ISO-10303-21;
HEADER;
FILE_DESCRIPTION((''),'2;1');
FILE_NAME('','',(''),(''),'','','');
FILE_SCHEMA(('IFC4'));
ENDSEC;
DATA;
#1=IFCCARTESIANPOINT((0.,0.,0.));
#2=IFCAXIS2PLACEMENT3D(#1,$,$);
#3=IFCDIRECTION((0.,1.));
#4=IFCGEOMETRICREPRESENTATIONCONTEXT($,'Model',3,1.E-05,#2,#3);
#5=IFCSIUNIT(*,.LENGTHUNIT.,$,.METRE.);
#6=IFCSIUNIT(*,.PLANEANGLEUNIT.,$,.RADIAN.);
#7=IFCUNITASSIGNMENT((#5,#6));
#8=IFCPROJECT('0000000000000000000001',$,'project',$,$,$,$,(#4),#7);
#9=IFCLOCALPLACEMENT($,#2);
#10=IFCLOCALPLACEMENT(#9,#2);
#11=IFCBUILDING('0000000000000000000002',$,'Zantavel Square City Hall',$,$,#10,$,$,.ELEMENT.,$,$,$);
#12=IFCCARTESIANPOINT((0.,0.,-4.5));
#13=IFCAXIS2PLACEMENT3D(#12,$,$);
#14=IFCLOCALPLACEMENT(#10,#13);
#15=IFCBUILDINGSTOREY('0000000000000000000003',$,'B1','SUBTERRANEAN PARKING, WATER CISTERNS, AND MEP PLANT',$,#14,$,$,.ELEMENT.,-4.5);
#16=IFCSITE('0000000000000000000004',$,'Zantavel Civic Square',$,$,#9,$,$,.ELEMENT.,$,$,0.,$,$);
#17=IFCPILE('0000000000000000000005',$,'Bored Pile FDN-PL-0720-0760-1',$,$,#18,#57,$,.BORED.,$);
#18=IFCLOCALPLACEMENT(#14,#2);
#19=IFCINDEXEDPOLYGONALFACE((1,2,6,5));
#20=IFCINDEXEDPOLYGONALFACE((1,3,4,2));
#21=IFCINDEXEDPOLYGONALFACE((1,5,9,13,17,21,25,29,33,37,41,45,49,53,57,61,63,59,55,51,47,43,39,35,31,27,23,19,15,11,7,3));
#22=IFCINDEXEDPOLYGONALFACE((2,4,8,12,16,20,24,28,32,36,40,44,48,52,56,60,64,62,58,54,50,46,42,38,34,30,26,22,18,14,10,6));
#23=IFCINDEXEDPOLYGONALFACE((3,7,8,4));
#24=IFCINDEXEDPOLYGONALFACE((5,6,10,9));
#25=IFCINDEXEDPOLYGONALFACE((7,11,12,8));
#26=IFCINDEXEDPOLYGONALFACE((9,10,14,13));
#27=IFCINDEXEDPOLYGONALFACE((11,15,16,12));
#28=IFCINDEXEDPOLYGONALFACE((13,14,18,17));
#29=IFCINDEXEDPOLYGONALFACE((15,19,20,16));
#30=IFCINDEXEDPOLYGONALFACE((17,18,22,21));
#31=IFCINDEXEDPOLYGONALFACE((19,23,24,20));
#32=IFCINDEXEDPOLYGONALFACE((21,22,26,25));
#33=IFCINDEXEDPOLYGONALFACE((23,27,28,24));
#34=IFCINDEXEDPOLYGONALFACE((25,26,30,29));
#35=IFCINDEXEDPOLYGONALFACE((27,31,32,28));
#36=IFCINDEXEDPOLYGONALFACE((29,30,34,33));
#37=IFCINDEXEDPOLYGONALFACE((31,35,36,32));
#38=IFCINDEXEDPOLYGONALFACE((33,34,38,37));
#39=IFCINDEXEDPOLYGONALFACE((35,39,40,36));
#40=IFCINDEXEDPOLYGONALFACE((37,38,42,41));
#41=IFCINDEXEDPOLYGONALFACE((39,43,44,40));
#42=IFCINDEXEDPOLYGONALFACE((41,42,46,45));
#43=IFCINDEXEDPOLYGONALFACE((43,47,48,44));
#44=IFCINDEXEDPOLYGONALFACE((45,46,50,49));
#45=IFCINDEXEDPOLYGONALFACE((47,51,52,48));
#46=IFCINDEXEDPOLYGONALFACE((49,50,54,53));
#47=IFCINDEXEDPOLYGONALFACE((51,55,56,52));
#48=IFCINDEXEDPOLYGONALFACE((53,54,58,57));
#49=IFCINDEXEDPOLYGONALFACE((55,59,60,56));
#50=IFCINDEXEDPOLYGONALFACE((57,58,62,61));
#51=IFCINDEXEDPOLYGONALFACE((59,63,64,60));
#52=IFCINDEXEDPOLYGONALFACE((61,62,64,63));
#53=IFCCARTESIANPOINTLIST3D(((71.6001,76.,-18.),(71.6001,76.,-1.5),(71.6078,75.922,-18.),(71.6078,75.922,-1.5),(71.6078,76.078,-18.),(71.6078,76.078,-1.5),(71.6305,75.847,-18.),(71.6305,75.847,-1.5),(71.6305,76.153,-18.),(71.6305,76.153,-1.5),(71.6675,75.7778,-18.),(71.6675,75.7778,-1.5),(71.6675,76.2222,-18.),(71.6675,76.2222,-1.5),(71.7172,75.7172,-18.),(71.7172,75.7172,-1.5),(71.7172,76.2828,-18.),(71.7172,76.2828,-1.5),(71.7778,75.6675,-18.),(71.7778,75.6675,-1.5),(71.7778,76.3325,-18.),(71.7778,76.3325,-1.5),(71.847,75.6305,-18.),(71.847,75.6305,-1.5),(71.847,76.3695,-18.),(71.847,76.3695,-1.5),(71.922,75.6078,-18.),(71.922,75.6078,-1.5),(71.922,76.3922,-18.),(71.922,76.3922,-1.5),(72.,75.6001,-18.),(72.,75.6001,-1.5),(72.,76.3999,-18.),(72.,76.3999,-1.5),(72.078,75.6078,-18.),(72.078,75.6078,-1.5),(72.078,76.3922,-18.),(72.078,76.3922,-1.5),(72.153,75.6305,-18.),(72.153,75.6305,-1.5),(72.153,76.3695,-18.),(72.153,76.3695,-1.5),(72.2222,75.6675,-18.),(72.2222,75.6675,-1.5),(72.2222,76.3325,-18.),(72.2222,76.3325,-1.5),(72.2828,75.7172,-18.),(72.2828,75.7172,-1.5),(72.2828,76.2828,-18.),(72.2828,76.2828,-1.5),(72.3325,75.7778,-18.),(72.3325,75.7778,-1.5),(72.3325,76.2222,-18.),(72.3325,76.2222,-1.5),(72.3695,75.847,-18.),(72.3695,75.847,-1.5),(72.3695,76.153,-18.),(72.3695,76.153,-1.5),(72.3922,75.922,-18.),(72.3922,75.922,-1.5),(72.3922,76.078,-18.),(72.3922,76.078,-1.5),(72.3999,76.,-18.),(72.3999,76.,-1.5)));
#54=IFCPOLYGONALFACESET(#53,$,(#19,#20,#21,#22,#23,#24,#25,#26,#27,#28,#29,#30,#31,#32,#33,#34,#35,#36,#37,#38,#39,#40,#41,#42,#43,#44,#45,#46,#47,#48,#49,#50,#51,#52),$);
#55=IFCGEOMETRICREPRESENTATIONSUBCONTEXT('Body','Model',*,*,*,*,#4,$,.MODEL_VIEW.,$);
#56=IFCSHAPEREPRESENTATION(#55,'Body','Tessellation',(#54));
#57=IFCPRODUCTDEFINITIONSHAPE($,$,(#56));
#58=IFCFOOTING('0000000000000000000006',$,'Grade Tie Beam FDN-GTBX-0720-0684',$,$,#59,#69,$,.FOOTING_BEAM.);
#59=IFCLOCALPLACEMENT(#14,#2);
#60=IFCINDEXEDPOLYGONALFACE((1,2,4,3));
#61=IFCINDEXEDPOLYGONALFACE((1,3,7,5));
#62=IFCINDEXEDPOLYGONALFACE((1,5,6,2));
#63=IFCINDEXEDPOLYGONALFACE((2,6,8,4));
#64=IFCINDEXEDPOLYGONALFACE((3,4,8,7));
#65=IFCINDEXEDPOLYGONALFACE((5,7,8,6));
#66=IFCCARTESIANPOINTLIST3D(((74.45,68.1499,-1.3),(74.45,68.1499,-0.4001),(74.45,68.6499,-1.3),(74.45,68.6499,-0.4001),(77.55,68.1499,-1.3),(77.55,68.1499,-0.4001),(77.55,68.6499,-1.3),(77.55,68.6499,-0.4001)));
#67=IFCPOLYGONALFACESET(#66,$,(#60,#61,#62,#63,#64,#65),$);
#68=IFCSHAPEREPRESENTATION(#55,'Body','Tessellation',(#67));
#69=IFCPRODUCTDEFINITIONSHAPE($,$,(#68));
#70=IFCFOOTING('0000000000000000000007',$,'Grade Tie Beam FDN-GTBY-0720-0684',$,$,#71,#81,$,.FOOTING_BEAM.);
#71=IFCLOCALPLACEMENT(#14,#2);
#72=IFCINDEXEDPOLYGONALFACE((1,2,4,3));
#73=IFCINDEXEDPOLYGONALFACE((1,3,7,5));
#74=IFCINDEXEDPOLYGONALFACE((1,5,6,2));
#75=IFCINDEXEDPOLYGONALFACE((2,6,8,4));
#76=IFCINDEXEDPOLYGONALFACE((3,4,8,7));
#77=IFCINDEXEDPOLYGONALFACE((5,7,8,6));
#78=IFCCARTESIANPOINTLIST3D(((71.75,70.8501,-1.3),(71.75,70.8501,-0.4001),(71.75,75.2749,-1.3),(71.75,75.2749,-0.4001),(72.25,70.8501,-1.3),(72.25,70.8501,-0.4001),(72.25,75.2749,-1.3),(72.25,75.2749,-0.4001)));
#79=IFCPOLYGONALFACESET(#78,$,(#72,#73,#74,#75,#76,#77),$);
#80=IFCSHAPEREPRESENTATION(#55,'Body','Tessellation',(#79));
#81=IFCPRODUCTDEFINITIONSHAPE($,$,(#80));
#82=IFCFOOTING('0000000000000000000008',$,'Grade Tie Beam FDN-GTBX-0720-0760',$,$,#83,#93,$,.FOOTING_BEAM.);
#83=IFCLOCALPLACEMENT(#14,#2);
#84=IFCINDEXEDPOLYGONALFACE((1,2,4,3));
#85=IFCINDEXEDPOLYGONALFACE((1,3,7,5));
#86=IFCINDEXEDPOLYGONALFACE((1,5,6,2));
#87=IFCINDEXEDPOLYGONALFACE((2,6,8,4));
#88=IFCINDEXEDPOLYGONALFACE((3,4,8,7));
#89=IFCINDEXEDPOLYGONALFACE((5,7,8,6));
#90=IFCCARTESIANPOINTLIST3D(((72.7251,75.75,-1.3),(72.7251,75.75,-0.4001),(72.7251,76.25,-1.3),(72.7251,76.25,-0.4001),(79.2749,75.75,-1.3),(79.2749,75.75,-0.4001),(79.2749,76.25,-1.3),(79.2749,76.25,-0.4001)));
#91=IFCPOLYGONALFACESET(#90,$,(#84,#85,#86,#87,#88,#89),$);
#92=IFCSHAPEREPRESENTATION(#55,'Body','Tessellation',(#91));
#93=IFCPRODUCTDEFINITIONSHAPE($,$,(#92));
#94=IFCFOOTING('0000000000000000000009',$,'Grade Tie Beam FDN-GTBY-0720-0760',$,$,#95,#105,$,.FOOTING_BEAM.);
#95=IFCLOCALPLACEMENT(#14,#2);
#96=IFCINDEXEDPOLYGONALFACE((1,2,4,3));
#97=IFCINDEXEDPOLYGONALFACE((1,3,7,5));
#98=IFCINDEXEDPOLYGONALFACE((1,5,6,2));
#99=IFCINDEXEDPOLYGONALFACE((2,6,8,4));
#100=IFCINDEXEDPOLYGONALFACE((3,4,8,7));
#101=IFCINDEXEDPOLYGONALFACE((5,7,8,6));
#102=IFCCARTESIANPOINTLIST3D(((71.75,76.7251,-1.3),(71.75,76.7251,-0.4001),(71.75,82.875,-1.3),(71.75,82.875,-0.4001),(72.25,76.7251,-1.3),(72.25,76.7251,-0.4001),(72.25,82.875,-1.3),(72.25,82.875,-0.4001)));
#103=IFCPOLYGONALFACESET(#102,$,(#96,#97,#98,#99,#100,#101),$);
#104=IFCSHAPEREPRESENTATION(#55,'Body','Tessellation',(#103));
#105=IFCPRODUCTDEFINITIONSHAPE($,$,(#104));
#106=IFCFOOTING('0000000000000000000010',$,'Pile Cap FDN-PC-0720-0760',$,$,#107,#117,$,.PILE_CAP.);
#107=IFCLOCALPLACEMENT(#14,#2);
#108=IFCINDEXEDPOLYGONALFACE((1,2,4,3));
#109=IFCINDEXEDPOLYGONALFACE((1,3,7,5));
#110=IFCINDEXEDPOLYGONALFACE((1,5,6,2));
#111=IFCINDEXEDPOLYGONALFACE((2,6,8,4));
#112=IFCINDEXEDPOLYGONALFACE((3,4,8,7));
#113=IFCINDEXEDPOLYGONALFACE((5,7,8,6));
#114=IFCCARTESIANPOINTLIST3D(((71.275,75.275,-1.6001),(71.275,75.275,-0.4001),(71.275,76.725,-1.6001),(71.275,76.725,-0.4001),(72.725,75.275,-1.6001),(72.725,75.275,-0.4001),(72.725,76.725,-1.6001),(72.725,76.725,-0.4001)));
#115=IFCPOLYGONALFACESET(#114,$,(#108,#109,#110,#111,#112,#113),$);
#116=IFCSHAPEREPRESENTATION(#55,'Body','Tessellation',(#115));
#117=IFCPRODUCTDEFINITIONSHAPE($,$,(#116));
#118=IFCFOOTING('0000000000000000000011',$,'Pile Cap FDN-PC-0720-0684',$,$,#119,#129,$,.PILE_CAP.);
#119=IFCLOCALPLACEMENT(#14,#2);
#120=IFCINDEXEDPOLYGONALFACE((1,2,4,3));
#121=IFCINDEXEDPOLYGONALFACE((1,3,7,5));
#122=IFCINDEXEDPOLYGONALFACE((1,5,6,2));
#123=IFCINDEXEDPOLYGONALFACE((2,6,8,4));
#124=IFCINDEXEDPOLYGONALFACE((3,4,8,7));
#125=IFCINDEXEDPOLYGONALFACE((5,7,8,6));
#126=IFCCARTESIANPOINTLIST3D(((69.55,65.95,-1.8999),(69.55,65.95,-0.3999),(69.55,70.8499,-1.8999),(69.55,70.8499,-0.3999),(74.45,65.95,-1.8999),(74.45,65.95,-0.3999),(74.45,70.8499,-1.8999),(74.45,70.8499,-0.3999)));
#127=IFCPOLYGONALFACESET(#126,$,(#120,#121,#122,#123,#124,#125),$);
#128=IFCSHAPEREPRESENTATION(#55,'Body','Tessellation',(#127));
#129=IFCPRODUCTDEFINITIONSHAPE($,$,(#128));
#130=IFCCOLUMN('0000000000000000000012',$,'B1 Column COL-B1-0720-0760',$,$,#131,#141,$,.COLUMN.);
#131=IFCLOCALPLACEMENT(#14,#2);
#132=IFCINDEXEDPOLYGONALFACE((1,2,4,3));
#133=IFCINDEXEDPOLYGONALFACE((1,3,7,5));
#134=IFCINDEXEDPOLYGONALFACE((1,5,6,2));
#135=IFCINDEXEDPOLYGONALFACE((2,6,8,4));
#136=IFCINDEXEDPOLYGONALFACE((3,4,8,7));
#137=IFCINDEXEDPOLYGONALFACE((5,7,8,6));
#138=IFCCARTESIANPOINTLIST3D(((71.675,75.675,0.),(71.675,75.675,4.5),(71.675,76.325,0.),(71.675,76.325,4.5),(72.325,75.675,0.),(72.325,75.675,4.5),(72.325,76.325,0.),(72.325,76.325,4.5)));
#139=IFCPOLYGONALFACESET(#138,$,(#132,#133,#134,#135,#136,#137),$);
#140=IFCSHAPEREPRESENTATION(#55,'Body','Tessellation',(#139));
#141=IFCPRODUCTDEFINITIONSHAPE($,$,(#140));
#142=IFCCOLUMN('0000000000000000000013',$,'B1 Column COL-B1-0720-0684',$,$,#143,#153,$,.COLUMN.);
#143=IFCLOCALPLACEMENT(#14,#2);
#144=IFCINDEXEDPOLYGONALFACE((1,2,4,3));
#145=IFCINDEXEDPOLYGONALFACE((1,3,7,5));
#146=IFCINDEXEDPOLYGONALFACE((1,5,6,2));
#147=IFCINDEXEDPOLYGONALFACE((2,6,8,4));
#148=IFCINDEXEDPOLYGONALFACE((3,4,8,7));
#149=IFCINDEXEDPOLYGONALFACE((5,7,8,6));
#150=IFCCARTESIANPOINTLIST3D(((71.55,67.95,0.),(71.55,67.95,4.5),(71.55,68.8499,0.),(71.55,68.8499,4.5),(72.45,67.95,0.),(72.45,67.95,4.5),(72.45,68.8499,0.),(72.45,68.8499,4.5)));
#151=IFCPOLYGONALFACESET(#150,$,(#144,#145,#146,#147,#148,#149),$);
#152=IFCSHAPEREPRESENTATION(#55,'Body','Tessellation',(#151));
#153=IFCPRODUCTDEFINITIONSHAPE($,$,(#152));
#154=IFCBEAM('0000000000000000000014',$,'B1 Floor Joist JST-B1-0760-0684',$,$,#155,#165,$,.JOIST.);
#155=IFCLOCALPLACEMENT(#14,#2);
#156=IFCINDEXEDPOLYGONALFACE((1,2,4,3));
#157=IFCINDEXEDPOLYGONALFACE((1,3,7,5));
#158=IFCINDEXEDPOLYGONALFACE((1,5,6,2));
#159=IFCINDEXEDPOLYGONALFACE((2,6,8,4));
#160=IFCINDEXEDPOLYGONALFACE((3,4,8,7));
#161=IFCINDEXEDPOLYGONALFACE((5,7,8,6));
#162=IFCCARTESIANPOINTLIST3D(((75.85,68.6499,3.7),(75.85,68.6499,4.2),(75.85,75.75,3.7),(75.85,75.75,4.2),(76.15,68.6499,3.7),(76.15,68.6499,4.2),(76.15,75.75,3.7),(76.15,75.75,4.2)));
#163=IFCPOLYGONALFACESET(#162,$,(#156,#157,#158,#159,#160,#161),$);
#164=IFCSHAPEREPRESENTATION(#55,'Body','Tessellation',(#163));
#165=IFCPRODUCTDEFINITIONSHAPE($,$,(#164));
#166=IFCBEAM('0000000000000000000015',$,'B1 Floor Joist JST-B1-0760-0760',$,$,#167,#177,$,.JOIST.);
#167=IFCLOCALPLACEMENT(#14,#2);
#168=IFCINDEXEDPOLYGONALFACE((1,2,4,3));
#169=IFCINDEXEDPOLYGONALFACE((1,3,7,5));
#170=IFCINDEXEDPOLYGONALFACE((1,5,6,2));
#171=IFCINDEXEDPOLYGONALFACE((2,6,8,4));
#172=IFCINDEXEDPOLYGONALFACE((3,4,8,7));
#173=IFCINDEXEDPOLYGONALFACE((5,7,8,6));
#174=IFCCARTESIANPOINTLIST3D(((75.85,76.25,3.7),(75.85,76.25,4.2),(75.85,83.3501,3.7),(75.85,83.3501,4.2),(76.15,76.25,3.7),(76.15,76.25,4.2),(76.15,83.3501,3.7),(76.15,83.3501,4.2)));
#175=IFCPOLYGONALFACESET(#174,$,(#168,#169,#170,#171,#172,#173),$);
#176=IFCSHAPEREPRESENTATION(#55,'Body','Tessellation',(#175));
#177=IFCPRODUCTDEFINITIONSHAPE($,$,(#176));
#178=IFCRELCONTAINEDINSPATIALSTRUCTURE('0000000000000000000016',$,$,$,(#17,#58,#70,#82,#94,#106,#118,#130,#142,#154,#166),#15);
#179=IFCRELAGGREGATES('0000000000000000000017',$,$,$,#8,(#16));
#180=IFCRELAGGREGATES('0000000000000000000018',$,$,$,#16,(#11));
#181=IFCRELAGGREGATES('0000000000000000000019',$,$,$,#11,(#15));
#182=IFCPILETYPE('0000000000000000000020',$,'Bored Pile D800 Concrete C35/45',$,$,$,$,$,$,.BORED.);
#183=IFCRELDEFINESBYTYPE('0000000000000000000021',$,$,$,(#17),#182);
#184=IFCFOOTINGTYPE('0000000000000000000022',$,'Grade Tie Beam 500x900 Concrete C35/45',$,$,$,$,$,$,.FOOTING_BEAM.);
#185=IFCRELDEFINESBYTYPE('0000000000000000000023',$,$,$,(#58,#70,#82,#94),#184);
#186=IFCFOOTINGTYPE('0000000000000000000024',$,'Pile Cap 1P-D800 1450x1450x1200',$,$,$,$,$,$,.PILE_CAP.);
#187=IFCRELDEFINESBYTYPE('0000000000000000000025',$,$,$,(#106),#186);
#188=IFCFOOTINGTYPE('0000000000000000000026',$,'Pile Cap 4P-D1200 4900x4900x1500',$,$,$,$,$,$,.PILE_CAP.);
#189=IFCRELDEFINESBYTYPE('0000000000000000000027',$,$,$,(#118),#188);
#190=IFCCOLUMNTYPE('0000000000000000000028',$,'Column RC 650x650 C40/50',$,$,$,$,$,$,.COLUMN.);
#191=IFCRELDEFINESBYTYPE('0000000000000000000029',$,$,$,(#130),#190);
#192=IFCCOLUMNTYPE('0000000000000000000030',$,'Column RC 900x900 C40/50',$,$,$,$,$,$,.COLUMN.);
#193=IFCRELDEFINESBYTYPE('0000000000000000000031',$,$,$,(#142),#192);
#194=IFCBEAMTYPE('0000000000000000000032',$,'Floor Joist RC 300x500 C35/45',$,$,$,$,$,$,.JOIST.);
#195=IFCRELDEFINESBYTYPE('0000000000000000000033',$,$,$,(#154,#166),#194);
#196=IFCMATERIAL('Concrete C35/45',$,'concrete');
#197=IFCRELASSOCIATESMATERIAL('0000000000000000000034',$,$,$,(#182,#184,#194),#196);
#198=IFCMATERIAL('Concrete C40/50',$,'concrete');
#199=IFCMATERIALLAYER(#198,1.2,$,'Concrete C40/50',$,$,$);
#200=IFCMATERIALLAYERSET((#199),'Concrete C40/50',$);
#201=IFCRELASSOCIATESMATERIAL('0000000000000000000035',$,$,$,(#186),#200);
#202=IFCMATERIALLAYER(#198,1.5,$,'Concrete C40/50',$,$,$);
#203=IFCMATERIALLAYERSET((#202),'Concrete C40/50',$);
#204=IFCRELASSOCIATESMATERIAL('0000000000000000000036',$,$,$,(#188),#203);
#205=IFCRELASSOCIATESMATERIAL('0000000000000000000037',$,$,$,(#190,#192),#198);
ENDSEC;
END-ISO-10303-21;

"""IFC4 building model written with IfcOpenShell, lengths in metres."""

from ifc_helpers import new_model, si_unit, direction, frame, origin, origin_2d, place, context, subcontext, project, spatial, rectangle, circle, extrude, material, layer, layer_set, material_profile, profile_set, type_object, element, save


model = new_model("IFC4")

# Units and contexts
model_context = context("Model", 3, precision=1e-05, world=origin(), true_north=direction((0.0, 1.0)))
body_context = subcontext(model_context, "Body", "Model", "MODEL_VIEW")
ifc_project = project(units=[si_unit("LENGTHUNIT", "METRE"), si_unit("PLANEANGLEUNIT", "RADIAN")], contexts=[model_context])

# Site, building, storey
site_placement = place(None, origin())
site = spatial("IfcSite", under=ifc_project, at=site_placement, Name="Zantavel Civic Square", CompositionType="ELEMENT", RefElevation=0.0)
building_placement = place(site_placement, origin())
building = spatial("IfcBuilding", under=site, at=building_placement, Name="Zantavel Square City Hall", CompositionType="ELEMENT")
storey_placement = place(building_placement, frame((0.0, 0.0, -4.5)))
storey = spatial("IfcBuildingStorey", under=building, at=storey_placement, Name="B1", Description="SUBTERRANEAN PARKING, WATER CISTERNS, AND MEP PLANT", CompositionType="ELEMENT", Elevation=-4.5)

# Pile
ifc_material_1 = material(Name="Concrete C35/45", Category="concrete")
ifc_material_profile_1 = material_profile(ifc_material_1, circle(Radius=0.3999, at=origin_2d()), Name="PILE D800")
ifc_profile_set_1 = profile_set([ifc_material_profile_1], Name="Concrete C35/45")
pile_type_1 = type_object("IfcPileType", Name="Bored Pile D800 Concrete C35/45", PredefinedType="BORED", material=ifc_profile_set_1)
pile_placement = place(storey_placement, frame((72.0, 76.0, -1.5), z_axis=(0.0, 0.0, -1.0), x_axis=(1.0, 0.0, 0.0)))
element("IfcPile", 1, at=pile_placement, inside=storey, type_object=pile_type_1, Name="Bored Pile FDN-PL-0720-0760-1", PredefinedType="BORED", context=body_context, shape_type="SweptSolid", body=[
    extrude(circle(Radius=0.3999, at=origin_2d()), origin(), (0.0, 0.0, 1.0), 16.5),
])

# Footings
ifc_material_profile_2 = material_profile(ifc_material_1, rectangle(XDim=0.5, YDim=0.8999, at=origin_2d()), Name="RC 500x900")
ifc_profile_set_2 = profile_set([ifc_material_profile_2], Name="Concrete C35/45")
footing_type_1 = type_object("IfcFootingType", Name="Grade Tie Beam 500x900 Concrete C35/45", PredefinedType="FOOTING_BEAM", material=ifc_profile_set_2)
footing_1_placement = place(storey_placement, frame((74.45, 68.3999, -0.8501), z_axis=(1.0, 0.0, 0.0), x_axis=(0.0, 1.0, 0.0)))
element("IfcFooting", 2, at=footing_1_placement, inside=storey, type_object=footing_type_1, Name="Grade Tie Beam FDN-GTBX-0720-0684", PredefinedType="FOOTING_BEAM", context=body_context, shape_type="SweptSolid", body=[
    extrude(rectangle(XDim=0.5, YDim=0.8999, at=origin_2d()), origin(), (0.0, 0.0, 1.0), 3.1001),
])
footing_2_placement = place(storey_placement, frame((72.0, 70.8501, -0.8501), z_axis=(0.0, 1.0, 0.0), x_axis=(-1.0, 0.0, 0.0)))
element("IfcFooting", 3, at=footing_2_placement, inside=storey, type_object=footing_type_1, Name="Grade Tie Beam FDN-GTBY-0720-0684", PredefinedType="FOOTING_BEAM", context=body_context, shape_type="SweptSolid", body=[
    extrude(rectangle(XDim=0.5, YDim=0.8999, at=origin_2d()), origin(), (0.0, 0.0, 1.0), 4.4248),
])
footing_3_placement = place(storey_placement, frame((72.7251, 76.0, -0.8501), z_axis=(1.0, 0.0, 0.0), x_axis=(0.0, 1.0, 0.0)))
element("IfcFooting", 4, at=footing_3_placement, inside=storey, type_object=footing_type_1, Name="Grade Tie Beam FDN-GTBX-0720-0760", PredefinedType="FOOTING_BEAM", context=body_context, shape_type="SweptSolid", body=[
    extrude(rectangle(XDim=0.5, YDim=0.8999, at=origin_2d()), origin(), (0.0, 0.0, 1.0), 6.5498),
])
footing_4_placement = place(storey_placement, frame((72.0, 76.7251, -0.8501), z_axis=(0.0, 1.0, 0.0), x_axis=(-1.0, 0.0, 0.0)))
element("IfcFooting", 5, at=footing_4_placement, inside=storey, type_object=footing_type_1, Name="Grade Tie Beam FDN-GTBY-0720-0760", PredefinedType="FOOTING_BEAM", context=body_context, shape_type="SweptSolid", body=[
    extrude(rectangle(XDim=0.5, YDim=0.8999, at=origin_2d()), origin(), (0.0, 0.0, 1.0), 6.1499),
])
ifc_material_2 = material(Name="Concrete C40/50", Category="concrete")
ifc_layer_1 = layer(ifc_material_2, 1.2, Name="Concrete C40/50")
ifc_layer_set_1 = layer_set([ifc_layer_1], Name="Concrete C40/50")
footing_type_2 = type_object("IfcFootingType", Name="Pile Cap 1P-D800 1450x1450x1200", PredefinedType="PILE_CAP", material=ifc_layer_set_1)
footing_5_placement = place(storey_placement, frame((72.0, 76.0, -1.6001), z_axis=(0.0, 0.0, 1.0), x_axis=(1.0, 0.0, 0.0)))
element("IfcFooting", 6, at=footing_5_placement, inside=storey, type_object=footing_type_2, Name="Pile Cap FDN-PC-0720-0760", PredefinedType="PILE_CAP", context=body_context, shape_type="SweptSolid", body=[
    extrude(rectangle(XDim=1.45, YDim=1.45, at=origin_2d()), origin(), (0.0, 0.0, 1.0), 1.2),
])
ifc_layer_2 = layer(ifc_material_2, 1.5, Name="Concrete C40/50")
ifc_layer_set_2 = layer_set([ifc_layer_2], Name="Concrete C40/50")
footing_type_3 = type_object("IfcFootingType", Name="Pile Cap 4P-D1200 4900x4900x1500", PredefinedType="PILE_CAP", material=ifc_layer_set_2)
footing_6_placement = place(storey_placement, frame((72.0, 68.3999, -1.8999), z_axis=(0.0, 0.0, 1.0), x_axis=(1.0, 0.0, 0.0)))
element("IfcFooting", 7, at=footing_6_placement, inside=storey, type_object=footing_type_3, Name="Pile Cap FDN-PC-0720-0684", PredefinedType="PILE_CAP", context=body_context, shape_type="SweptSolid", body=[
    extrude(rectangle(XDim=4.8999, YDim=4.8999, at=origin_2d()), origin(), (0.0, 0.0, 1.0), 1.5),
])

# Columns
ifc_material_profile_3 = material_profile(ifc_material_2, rectangle(XDim=0.6499, YDim=0.6499, at=origin_2d()), Name="RC 650x650")
ifc_profile_set_3 = profile_set([ifc_material_profile_3], Name="Concrete C40/50")
column_type_1 = type_object("IfcColumnType", Name="Column RC 650x650 C40/50", PredefinedType="COLUMN", material=ifc_profile_set_3)
column_1_placement = place(storey_placement, frame((72.0, 76.0, 0.0), z_axis=(0.0, 0.0, 1.0), x_axis=(1.0, 0.0, 0.0)))
element("IfcColumn", 8, at=column_1_placement, inside=storey, type_object=column_type_1, Name="B1 Column COL-B1-0720-0760", PredefinedType="COLUMN", context=body_context, shape_type="SweptSolid", body=[
    extrude(rectangle(XDim=0.6499, YDim=0.6499, at=origin_2d()), origin(), (0.0, 0.0, 1.0), 4.5),
])
ifc_material_profile_4 = material_profile(ifc_material_2, rectangle(XDim=0.8999, YDim=0.8999, at=origin_2d()), Name="RC 900x900")
ifc_profile_set_4 = profile_set([ifc_material_profile_4], Name="Concrete C40/50")
column_type_2 = type_object("IfcColumnType", Name="Column RC 900x900 C40/50", PredefinedType="COLUMN", material=ifc_profile_set_4)
column_2_placement = place(storey_placement, frame((72.0, 68.3999, 0.0), z_axis=(0.0, 0.0, 1.0), x_axis=(1.0, 0.0, 0.0)))
element("IfcColumn", 9, at=column_2_placement, inside=storey, type_object=column_type_2, Name="B1 Column COL-B1-0720-0684", PredefinedType="COLUMN", context=body_context, shape_type="SweptSolid", body=[
    extrude(rectangle(XDim=0.8999, YDim=0.8999, at=origin_2d()), origin(), (0.0, 0.0, 1.0), 4.5),
])

# Beams
ifc_material_profile_5 = material_profile(ifc_material_1, rectangle(XDim=0.3, YDim=0.5, at=origin_2d()), Name="RC 300x500")
ifc_profile_set_5 = profile_set([ifc_material_profile_5], Name="Concrete C35/45")
beam_type_1 = type_object("IfcBeamType", Name="Floor Joist RC 300x500 C35/45", PredefinedType="JOIST", material=ifc_profile_set_5)
for number, where, z_axis, x_axis, name in (
    (10, (76.0, 68.6499, 3.95), (0.0, 1.0, 0.0), (-1.0, 0.0, 0.0), "B1 Floor Joist JST-B1-0760-0684"),
    (11, (76.0, 76.25, 3.95), (0.0, 1.0, 0.0), (-1.0, 0.0, 0.0), "B1 Floor Joist JST-B1-0760-0760"),
):
    element("IfcBeam", number, at=place(storey_placement, frame(where, z_axis=z_axis, x_axis=x_axis)), inside=storey, type_object=beam_type_1, Name=name, PredefinedType="JOIST", context=body_context, shape_type="SweptSolid", body=[
        extrude(rectangle(XDim=0.3, YDim=0.5, at=origin_2d()), origin(), (0.0, 0.0, 1.0), 7.1001),
    ])

save(model, "model.ifc")
